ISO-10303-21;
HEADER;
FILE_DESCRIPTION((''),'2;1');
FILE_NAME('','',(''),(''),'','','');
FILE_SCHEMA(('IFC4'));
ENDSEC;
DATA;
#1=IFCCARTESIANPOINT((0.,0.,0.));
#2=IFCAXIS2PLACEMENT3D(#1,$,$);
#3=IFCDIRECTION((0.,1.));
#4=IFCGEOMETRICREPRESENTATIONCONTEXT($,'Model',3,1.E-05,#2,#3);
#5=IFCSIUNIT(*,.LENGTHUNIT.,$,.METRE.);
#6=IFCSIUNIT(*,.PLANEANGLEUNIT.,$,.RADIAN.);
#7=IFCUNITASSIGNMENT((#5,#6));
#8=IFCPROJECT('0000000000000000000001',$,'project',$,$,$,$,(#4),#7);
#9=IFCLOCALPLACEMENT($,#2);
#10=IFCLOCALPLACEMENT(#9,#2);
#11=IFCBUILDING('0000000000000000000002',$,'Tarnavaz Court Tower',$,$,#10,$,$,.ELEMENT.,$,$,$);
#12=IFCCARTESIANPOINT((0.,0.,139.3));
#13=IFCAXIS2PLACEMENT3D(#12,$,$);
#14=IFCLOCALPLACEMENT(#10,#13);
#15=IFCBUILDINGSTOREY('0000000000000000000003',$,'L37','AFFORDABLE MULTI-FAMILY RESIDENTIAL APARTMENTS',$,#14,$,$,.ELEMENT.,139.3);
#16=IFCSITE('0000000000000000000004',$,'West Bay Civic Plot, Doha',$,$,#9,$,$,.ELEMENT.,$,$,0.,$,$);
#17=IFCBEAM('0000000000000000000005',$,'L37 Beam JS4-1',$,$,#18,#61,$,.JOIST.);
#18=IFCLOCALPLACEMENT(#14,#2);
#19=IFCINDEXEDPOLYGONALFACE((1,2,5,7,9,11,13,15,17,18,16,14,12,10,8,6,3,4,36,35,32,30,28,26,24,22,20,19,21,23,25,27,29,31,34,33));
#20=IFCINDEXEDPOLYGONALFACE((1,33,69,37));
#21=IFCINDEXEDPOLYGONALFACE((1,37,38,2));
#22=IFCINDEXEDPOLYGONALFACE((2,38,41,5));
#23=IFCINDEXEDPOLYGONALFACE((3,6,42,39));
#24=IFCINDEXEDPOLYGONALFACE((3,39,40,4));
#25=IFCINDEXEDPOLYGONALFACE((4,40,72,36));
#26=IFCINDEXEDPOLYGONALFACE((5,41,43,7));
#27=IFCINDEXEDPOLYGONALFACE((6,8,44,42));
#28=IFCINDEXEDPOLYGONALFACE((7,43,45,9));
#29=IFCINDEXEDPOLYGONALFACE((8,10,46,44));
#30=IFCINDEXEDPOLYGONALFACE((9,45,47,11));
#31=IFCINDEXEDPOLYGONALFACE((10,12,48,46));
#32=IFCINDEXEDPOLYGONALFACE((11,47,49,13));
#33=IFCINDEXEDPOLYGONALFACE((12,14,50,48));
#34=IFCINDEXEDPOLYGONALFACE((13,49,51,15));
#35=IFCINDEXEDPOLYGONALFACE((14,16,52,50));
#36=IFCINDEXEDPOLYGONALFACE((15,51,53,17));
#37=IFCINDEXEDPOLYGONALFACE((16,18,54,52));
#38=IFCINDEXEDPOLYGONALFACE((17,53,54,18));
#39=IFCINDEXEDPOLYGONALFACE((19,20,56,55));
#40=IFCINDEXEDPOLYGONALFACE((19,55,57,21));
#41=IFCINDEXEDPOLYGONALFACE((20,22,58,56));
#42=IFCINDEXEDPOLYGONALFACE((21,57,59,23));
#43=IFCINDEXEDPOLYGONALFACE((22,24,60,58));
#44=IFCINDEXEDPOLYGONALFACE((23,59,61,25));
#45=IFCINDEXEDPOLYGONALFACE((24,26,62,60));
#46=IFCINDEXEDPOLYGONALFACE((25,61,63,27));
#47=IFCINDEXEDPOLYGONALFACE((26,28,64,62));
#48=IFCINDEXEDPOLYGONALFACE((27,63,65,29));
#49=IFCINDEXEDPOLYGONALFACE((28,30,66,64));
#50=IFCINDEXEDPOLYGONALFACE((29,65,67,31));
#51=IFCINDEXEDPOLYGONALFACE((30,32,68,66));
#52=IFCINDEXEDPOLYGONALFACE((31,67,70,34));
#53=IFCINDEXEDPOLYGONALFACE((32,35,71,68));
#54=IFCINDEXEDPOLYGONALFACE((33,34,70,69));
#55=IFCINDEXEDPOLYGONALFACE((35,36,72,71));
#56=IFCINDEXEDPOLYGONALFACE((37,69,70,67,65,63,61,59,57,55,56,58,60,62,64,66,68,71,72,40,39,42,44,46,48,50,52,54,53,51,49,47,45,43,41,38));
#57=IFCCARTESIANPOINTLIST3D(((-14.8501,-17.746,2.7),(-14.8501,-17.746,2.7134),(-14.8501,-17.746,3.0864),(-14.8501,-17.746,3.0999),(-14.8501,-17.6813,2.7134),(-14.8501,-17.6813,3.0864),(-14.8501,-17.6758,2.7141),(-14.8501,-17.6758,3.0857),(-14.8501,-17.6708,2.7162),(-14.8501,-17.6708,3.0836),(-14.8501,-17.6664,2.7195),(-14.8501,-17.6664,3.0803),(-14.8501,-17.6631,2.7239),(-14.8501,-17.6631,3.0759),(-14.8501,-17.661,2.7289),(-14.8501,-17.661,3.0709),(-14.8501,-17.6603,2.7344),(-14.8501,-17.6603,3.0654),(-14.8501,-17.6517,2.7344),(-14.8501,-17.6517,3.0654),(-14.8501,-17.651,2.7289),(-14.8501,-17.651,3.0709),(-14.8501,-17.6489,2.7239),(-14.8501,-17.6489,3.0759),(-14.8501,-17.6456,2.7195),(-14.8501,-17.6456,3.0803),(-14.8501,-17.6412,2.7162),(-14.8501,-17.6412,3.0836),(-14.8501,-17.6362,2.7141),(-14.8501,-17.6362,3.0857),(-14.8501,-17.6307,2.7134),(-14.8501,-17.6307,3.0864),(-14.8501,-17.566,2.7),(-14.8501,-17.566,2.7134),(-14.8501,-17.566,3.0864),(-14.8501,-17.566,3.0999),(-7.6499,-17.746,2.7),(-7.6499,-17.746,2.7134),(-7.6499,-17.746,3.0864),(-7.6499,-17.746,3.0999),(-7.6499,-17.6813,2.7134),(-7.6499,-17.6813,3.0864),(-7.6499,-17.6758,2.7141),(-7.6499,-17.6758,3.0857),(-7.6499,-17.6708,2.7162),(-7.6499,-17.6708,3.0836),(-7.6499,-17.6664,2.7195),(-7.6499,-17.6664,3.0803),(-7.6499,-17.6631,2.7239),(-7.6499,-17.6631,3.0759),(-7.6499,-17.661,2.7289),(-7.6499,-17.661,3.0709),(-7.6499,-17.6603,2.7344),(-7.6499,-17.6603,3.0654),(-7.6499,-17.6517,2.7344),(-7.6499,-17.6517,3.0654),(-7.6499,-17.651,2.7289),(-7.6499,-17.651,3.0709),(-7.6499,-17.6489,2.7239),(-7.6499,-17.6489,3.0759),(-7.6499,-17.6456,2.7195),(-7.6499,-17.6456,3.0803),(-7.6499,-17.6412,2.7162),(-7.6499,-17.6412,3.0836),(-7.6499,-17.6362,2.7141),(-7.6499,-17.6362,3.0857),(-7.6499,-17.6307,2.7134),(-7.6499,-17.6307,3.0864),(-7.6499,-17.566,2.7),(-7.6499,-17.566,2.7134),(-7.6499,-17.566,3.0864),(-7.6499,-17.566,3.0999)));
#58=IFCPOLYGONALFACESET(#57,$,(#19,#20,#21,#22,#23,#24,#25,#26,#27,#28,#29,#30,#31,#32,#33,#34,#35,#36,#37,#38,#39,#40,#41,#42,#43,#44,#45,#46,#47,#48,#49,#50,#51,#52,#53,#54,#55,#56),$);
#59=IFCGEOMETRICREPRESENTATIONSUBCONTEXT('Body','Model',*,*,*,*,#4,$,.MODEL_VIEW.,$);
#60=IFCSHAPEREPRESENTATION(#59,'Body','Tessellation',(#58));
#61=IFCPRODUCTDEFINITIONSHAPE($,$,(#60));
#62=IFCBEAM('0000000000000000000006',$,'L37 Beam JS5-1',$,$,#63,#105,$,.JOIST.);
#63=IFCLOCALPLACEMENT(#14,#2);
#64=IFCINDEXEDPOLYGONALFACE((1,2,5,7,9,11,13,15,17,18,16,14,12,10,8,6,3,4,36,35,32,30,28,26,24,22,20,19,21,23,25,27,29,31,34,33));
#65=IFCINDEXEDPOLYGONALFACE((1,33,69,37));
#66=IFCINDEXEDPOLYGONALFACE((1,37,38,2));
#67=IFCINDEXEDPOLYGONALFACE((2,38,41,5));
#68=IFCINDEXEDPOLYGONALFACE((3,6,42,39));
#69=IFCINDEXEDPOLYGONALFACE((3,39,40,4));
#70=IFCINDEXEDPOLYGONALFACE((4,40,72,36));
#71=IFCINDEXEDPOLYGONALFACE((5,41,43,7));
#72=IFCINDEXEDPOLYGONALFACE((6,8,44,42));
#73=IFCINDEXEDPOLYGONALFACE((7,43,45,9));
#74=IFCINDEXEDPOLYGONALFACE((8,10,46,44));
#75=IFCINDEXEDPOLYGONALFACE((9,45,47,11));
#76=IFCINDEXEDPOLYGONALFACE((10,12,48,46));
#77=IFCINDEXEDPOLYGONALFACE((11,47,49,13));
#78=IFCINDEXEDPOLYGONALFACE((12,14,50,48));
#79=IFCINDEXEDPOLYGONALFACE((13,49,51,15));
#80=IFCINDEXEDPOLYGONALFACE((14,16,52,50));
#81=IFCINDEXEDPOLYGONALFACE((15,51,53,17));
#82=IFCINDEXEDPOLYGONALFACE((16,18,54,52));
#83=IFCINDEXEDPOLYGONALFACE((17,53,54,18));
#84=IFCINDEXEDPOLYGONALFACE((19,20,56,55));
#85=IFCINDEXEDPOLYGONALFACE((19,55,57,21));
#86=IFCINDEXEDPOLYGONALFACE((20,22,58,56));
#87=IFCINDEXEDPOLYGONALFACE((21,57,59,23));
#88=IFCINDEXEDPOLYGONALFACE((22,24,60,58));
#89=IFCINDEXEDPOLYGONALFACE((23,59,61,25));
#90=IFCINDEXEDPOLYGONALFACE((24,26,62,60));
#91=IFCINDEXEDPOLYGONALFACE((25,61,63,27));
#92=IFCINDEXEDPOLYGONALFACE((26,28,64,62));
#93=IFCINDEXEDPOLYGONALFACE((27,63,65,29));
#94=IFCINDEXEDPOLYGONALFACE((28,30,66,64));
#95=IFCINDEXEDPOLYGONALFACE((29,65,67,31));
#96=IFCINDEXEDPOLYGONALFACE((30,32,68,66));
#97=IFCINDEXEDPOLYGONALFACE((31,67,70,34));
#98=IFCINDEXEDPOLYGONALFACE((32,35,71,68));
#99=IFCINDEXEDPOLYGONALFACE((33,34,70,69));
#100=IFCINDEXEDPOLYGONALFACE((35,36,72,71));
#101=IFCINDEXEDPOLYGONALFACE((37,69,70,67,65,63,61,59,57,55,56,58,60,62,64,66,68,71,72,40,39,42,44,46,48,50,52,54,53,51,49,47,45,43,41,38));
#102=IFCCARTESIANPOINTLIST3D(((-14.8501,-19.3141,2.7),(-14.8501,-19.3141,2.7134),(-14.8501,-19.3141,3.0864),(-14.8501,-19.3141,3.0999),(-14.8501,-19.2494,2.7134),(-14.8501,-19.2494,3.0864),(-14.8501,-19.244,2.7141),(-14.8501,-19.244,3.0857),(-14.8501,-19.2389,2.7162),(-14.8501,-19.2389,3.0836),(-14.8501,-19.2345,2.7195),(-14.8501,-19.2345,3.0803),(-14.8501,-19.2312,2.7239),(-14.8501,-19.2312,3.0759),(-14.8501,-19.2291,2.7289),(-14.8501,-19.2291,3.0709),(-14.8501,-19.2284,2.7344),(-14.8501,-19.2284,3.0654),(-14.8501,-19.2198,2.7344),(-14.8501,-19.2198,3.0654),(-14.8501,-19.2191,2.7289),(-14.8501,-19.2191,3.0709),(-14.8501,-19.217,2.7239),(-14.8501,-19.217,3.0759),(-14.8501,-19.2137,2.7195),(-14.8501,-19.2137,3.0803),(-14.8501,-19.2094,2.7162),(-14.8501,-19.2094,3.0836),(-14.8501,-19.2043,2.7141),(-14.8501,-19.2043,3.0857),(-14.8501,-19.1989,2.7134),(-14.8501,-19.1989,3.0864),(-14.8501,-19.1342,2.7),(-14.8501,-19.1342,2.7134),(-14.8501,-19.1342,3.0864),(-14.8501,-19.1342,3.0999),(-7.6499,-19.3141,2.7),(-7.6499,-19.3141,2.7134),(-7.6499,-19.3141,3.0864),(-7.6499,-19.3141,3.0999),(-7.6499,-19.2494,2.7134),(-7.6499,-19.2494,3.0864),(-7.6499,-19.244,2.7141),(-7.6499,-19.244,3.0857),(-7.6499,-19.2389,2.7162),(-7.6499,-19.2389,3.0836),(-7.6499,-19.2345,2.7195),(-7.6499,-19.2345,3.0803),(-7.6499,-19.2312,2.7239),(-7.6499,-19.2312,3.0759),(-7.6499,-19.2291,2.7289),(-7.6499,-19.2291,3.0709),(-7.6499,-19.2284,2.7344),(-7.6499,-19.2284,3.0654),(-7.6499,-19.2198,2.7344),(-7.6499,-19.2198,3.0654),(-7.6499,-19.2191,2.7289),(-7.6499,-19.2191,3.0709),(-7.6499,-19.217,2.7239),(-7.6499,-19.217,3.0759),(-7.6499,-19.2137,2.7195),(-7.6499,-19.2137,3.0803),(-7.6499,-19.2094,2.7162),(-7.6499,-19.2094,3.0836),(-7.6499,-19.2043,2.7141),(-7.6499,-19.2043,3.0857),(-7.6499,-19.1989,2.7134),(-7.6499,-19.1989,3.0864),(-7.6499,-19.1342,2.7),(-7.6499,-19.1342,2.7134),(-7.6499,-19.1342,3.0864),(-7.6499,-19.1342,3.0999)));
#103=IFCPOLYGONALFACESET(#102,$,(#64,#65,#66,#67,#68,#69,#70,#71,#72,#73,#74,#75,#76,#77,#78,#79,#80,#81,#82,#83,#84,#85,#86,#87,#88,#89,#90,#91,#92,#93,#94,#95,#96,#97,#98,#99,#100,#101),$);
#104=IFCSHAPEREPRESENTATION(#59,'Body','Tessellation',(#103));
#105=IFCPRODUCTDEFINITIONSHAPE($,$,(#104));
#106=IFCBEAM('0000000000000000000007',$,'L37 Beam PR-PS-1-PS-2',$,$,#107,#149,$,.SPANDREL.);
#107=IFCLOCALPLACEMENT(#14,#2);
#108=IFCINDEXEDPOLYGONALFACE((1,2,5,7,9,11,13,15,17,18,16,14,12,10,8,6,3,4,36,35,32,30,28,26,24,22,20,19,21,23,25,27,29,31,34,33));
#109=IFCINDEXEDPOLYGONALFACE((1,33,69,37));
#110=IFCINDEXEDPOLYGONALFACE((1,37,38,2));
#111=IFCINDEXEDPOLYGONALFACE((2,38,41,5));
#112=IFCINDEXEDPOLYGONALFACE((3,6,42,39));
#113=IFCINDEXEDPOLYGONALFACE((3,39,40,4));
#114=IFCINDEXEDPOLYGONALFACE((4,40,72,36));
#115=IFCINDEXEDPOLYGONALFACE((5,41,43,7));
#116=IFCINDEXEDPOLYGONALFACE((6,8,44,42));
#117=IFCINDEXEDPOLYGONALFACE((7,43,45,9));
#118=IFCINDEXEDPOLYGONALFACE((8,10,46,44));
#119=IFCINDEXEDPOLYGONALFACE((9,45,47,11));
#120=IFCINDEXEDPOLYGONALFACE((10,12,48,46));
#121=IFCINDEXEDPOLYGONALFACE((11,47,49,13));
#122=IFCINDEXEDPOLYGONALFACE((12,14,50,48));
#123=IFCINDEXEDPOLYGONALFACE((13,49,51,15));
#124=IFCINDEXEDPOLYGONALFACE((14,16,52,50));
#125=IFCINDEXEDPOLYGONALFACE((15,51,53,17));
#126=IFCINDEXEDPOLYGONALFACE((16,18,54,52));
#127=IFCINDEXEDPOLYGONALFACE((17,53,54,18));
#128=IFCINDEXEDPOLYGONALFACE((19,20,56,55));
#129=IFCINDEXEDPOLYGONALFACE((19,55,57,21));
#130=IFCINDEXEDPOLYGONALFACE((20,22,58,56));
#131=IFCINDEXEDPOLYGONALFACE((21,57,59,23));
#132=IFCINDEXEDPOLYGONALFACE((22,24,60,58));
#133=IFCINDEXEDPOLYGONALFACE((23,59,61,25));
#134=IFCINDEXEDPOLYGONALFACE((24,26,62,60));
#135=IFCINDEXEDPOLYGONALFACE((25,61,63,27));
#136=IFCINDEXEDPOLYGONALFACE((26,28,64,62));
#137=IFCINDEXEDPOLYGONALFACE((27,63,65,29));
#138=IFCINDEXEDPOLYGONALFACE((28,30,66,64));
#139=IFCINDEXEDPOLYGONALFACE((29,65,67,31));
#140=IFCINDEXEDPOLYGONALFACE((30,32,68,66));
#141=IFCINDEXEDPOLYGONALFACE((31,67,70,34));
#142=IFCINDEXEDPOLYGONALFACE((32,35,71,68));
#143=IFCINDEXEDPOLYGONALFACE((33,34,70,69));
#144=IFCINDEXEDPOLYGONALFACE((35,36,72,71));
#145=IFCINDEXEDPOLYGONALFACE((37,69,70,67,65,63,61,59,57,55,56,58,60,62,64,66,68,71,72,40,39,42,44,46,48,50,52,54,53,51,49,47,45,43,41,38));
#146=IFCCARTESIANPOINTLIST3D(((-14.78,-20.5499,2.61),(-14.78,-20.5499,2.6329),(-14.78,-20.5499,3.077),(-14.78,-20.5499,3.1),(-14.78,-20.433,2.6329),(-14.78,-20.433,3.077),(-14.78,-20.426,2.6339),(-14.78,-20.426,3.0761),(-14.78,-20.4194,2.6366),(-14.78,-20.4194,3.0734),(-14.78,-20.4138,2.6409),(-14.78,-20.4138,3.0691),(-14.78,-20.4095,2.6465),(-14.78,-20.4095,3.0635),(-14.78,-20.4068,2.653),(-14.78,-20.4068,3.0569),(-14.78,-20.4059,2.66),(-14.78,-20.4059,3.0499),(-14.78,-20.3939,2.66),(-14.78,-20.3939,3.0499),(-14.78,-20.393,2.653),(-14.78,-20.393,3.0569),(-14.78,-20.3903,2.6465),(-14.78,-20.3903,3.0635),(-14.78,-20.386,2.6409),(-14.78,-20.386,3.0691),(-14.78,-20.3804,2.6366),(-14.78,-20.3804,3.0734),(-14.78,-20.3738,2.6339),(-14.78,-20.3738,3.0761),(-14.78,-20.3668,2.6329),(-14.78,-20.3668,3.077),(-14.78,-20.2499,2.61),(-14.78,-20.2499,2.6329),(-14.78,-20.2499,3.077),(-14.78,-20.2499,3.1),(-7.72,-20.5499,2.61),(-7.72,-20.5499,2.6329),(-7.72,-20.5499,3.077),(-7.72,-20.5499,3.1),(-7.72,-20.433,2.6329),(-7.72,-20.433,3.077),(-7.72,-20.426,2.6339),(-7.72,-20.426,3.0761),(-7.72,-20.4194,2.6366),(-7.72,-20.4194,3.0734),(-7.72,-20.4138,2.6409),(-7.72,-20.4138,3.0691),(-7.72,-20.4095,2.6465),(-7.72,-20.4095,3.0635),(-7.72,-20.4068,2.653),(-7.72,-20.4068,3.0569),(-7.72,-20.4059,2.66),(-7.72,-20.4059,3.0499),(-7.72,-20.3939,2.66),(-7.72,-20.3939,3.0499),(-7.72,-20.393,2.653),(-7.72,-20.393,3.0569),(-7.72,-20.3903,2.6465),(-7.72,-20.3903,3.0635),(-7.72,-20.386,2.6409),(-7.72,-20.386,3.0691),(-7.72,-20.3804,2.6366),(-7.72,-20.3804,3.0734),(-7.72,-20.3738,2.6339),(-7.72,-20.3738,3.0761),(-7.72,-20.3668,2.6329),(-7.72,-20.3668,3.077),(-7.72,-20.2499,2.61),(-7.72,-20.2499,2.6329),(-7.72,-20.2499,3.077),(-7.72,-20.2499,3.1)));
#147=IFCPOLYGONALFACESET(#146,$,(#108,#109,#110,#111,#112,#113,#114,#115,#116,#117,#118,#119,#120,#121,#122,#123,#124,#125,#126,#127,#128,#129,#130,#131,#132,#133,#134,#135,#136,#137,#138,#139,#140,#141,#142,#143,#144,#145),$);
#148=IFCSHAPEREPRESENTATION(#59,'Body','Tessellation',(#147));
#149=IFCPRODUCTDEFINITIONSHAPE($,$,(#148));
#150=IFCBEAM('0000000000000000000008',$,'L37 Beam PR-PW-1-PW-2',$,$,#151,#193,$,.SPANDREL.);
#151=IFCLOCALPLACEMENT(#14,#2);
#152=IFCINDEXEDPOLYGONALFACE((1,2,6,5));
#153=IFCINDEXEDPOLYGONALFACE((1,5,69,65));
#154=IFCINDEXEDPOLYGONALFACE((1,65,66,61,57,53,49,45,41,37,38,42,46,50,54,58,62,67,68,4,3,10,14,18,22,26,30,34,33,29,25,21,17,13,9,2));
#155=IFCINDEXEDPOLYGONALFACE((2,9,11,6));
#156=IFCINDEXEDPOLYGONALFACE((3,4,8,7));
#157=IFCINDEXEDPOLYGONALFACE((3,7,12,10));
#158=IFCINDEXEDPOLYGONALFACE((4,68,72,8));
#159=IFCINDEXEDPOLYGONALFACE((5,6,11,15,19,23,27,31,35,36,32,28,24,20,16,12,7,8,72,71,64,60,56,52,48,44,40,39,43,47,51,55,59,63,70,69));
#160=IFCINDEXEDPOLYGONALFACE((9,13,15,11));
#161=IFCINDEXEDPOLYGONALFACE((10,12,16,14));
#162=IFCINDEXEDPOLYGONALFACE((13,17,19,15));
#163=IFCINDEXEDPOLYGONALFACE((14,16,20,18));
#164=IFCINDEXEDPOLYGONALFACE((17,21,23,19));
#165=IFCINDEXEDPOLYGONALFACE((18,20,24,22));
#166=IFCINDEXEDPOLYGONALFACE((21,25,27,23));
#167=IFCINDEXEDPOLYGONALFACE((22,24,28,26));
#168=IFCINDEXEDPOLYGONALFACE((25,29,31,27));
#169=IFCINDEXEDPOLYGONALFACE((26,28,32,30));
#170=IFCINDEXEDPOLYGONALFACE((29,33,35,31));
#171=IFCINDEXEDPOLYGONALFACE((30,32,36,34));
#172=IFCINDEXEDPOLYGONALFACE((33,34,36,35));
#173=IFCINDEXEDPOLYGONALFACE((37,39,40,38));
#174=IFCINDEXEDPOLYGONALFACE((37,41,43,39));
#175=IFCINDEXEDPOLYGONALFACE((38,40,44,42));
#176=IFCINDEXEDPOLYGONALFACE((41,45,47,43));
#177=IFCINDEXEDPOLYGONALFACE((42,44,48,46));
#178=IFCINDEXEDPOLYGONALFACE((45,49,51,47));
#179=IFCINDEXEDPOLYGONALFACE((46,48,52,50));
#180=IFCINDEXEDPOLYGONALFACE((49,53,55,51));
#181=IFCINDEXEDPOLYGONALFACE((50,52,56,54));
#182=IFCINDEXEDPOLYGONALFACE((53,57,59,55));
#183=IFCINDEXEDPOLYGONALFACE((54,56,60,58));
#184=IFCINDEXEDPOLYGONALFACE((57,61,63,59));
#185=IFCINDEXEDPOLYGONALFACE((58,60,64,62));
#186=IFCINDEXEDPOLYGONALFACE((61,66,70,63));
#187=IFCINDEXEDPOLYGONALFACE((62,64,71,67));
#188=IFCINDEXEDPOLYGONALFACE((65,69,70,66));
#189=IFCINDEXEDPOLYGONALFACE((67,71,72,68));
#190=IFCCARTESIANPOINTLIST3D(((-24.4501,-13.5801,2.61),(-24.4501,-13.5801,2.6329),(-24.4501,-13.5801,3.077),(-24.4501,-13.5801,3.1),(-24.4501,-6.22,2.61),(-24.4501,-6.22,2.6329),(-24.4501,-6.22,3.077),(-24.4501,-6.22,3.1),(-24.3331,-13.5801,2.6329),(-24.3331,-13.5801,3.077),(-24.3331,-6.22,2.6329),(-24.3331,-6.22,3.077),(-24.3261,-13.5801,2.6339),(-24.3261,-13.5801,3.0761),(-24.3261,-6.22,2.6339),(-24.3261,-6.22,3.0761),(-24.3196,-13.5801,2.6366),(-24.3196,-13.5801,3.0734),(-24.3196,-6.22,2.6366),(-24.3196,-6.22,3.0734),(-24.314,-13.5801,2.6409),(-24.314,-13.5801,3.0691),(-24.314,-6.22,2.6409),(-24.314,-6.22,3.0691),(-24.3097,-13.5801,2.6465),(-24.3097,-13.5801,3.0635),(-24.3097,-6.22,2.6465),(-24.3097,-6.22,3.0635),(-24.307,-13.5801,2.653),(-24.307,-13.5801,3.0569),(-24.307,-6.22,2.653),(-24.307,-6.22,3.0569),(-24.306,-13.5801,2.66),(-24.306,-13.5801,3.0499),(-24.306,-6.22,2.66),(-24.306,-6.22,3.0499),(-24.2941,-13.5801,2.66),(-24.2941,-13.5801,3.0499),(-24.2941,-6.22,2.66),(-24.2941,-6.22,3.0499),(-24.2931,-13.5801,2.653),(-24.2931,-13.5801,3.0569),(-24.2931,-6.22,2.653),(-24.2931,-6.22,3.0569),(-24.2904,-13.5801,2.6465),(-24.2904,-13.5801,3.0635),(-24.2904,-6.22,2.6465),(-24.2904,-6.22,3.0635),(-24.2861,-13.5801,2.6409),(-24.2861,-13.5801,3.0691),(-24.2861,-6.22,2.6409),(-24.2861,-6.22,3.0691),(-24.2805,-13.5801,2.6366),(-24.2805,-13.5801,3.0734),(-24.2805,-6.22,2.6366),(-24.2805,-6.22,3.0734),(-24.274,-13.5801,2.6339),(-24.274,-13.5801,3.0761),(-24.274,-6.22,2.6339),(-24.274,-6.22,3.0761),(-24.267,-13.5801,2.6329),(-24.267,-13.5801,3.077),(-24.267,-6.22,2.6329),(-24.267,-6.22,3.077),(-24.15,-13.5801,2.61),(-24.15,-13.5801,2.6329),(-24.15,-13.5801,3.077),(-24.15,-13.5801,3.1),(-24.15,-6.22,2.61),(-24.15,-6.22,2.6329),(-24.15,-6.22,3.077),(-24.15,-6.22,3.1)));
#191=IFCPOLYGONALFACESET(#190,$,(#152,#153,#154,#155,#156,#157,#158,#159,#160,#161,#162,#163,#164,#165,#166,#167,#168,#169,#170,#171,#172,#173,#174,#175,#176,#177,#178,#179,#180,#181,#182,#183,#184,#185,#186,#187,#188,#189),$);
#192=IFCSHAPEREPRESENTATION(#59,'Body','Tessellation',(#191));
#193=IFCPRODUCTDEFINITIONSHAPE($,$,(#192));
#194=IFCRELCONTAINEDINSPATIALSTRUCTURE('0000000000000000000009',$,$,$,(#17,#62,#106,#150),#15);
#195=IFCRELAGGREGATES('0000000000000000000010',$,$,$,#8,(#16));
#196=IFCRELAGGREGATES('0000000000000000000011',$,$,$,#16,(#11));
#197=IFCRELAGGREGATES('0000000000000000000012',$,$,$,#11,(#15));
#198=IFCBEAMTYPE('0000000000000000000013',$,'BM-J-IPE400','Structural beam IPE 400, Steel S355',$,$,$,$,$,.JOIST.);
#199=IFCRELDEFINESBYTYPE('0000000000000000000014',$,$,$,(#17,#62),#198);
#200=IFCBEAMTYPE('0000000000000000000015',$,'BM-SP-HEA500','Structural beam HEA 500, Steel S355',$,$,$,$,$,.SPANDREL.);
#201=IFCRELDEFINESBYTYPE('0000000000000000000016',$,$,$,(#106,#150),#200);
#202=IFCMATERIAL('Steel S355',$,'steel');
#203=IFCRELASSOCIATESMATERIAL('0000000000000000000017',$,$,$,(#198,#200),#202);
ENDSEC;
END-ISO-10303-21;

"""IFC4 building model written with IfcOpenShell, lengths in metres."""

from ifc_helpers import new_model, si_unit, direction, frame, origin, origin_2d, place, context, subcontext, project, spatial, i_section, extrude, material, material_profile, profile_set, type_object, element, save


model = new_model("IFC4")

# Units and contexts
model_context = context("Model", 3, precision=1e-05, world=origin(), true_north=direction((0.0, 1.0)))
body_context = subcontext(model_context, "Body", "Model", "MODEL_VIEW")
ifc_project = project(units=[si_unit("LENGTHUNIT", "METRE"), si_unit("PLANEANGLEUNIT", "RADIAN")], contexts=[model_context])

# Site, building, storey
site_placement = place(None, origin())
site = spatial("IfcSite", under=ifc_project, at=site_placement, Name="West Bay Civic Plot, Doha", CompositionType="ELEMENT", RefElevation=0.0)
building_placement = place(site_placement, origin())
building = spatial("IfcBuilding", under=site, at=building_placement, Name="Tarnavaz Court Tower", CompositionType="ELEMENT")
storey_placement = place(building_placement, frame((0.0, 0.0, 139.3)))
storey = spatial("IfcBuildingStorey", under=building, at=storey_placement, Name="L37", Description="AFFORDABLE MULTI-FAMILY RESIDENTIAL APARTMENTS", CompositionType="ELEMENT", Elevation=139.3)

# Beams
ifc_material_1 = material(Name="Steel S355", Category="steel")
ifc_material_profile_1 = material_profile(ifc_material_1, i_section(OverallWidth=0.1799, OverallDepth=0.3999, WebThickness=0.0085, FlangeThickness=0.0134, FilletRadius=0.021, at=origin_2d()), Name="IPE 400")
ifc_profile_set_1 = profile_set([ifc_material_profile_1], Name="Steel S355")
beam_type_1 = type_object("IfcBeamType", Name="BM-J-IPE400", Description="Structural beam IPE 400, Steel S355", PredefinedType="JOIST", material=ifc_profile_set_1)
for number, where, z_axis, x_axis, name in (
    (1, (-14.8501, -17.656, 2.8999), (1.0, 0.0, 0.0), (0.0, 1.0, 0.0), "L37 Beam JS4-1"),
    (2, (-14.8501, -19.2241, 2.8999), (1.0, 0.0, 0.0), (0.0, 1.0, 0.0), "L37 Beam JS5-1"),
):
    element("IfcBeam", number, at=place(storey_placement, frame(where, z_axis=z_axis, x_axis=x_axis)), inside=storey, type_object=beam_type_1, Name=name, PredefinedType="JOIST", context=body_context, shape_type="SweptSolid", body=[
        extrude(i_section(OverallWidth=0.1799, OverallDepth=0.3999, WebThickness=0.0085, FlangeThickness=0.0134, FilletRadius=0.021, at=origin_2d()), origin(), (0.0, 0.0, 1.0), 7.2002),
    ])
ifc_material_profile_2 = material_profile(ifc_material_1, i_section(OverallWidth=0.3, OverallDepth=0.49, WebThickness=0.012, FlangeThickness=0.0229, FilletRadius=0.0271, at=origin_2d()), Name="HEA 500")
ifc_profile_set_2 = profile_set([ifc_material_profile_2], Name="Steel S355")
beam_type_2 = type_object("IfcBeamType", Name="BM-SP-HEA500", Description="Structural beam HEA 500, Steel S355", PredefinedType="SPANDREL", material=ifc_profile_set_2)
beam_1_placement = place(storey_placement, frame((-14.78, -20.3999, 2.855), z_axis=(1.0, 0.0, 0.0), x_axis=(0.0, 1.0, 0.0)))
element("IfcBeam", 3, at=beam_1_placement, inside=storey, type_object=beam_type_2, Name="L37 Beam PR-PS-1-PS-2", PredefinedType="SPANDREL", context=body_context, shape_type="SweptSolid", body=[
    extrude(i_section(OverallWidth=0.3, OverallDepth=0.49, WebThickness=0.012, FlangeThickness=0.0229, FilletRadius=0.0271, at=origin_2d()), origin(), (0.0, 0.0, 1.0), 7.0601),
])
beam_2_placement = place(storey_placement, frame((-24.3, -13.5801, 2.855), z_axis=(0.0, 1.0, 0.0), x_axis=(-1.0, 0.0, 0.0)))
element("IfcBeam", 4, at=beam_2_placement, inside=storey, type_object=beam_type_2, Name="L37 Beam PR-PW-1-PW-2", PredefinedType="SPANDREL", context=body_context, shape_type="SweptSolid", body=[
    extrude(i_section(OverallWidth=0.3, OverallDepth=0.49, WebThickness=0.012, FlangeThickness=0.0229, FilletRadius=0.0271, at=origin_2d()), origin(), (0.0, 0.0, 1.0), 7.3601),
])

save(model, "model.ifc")
